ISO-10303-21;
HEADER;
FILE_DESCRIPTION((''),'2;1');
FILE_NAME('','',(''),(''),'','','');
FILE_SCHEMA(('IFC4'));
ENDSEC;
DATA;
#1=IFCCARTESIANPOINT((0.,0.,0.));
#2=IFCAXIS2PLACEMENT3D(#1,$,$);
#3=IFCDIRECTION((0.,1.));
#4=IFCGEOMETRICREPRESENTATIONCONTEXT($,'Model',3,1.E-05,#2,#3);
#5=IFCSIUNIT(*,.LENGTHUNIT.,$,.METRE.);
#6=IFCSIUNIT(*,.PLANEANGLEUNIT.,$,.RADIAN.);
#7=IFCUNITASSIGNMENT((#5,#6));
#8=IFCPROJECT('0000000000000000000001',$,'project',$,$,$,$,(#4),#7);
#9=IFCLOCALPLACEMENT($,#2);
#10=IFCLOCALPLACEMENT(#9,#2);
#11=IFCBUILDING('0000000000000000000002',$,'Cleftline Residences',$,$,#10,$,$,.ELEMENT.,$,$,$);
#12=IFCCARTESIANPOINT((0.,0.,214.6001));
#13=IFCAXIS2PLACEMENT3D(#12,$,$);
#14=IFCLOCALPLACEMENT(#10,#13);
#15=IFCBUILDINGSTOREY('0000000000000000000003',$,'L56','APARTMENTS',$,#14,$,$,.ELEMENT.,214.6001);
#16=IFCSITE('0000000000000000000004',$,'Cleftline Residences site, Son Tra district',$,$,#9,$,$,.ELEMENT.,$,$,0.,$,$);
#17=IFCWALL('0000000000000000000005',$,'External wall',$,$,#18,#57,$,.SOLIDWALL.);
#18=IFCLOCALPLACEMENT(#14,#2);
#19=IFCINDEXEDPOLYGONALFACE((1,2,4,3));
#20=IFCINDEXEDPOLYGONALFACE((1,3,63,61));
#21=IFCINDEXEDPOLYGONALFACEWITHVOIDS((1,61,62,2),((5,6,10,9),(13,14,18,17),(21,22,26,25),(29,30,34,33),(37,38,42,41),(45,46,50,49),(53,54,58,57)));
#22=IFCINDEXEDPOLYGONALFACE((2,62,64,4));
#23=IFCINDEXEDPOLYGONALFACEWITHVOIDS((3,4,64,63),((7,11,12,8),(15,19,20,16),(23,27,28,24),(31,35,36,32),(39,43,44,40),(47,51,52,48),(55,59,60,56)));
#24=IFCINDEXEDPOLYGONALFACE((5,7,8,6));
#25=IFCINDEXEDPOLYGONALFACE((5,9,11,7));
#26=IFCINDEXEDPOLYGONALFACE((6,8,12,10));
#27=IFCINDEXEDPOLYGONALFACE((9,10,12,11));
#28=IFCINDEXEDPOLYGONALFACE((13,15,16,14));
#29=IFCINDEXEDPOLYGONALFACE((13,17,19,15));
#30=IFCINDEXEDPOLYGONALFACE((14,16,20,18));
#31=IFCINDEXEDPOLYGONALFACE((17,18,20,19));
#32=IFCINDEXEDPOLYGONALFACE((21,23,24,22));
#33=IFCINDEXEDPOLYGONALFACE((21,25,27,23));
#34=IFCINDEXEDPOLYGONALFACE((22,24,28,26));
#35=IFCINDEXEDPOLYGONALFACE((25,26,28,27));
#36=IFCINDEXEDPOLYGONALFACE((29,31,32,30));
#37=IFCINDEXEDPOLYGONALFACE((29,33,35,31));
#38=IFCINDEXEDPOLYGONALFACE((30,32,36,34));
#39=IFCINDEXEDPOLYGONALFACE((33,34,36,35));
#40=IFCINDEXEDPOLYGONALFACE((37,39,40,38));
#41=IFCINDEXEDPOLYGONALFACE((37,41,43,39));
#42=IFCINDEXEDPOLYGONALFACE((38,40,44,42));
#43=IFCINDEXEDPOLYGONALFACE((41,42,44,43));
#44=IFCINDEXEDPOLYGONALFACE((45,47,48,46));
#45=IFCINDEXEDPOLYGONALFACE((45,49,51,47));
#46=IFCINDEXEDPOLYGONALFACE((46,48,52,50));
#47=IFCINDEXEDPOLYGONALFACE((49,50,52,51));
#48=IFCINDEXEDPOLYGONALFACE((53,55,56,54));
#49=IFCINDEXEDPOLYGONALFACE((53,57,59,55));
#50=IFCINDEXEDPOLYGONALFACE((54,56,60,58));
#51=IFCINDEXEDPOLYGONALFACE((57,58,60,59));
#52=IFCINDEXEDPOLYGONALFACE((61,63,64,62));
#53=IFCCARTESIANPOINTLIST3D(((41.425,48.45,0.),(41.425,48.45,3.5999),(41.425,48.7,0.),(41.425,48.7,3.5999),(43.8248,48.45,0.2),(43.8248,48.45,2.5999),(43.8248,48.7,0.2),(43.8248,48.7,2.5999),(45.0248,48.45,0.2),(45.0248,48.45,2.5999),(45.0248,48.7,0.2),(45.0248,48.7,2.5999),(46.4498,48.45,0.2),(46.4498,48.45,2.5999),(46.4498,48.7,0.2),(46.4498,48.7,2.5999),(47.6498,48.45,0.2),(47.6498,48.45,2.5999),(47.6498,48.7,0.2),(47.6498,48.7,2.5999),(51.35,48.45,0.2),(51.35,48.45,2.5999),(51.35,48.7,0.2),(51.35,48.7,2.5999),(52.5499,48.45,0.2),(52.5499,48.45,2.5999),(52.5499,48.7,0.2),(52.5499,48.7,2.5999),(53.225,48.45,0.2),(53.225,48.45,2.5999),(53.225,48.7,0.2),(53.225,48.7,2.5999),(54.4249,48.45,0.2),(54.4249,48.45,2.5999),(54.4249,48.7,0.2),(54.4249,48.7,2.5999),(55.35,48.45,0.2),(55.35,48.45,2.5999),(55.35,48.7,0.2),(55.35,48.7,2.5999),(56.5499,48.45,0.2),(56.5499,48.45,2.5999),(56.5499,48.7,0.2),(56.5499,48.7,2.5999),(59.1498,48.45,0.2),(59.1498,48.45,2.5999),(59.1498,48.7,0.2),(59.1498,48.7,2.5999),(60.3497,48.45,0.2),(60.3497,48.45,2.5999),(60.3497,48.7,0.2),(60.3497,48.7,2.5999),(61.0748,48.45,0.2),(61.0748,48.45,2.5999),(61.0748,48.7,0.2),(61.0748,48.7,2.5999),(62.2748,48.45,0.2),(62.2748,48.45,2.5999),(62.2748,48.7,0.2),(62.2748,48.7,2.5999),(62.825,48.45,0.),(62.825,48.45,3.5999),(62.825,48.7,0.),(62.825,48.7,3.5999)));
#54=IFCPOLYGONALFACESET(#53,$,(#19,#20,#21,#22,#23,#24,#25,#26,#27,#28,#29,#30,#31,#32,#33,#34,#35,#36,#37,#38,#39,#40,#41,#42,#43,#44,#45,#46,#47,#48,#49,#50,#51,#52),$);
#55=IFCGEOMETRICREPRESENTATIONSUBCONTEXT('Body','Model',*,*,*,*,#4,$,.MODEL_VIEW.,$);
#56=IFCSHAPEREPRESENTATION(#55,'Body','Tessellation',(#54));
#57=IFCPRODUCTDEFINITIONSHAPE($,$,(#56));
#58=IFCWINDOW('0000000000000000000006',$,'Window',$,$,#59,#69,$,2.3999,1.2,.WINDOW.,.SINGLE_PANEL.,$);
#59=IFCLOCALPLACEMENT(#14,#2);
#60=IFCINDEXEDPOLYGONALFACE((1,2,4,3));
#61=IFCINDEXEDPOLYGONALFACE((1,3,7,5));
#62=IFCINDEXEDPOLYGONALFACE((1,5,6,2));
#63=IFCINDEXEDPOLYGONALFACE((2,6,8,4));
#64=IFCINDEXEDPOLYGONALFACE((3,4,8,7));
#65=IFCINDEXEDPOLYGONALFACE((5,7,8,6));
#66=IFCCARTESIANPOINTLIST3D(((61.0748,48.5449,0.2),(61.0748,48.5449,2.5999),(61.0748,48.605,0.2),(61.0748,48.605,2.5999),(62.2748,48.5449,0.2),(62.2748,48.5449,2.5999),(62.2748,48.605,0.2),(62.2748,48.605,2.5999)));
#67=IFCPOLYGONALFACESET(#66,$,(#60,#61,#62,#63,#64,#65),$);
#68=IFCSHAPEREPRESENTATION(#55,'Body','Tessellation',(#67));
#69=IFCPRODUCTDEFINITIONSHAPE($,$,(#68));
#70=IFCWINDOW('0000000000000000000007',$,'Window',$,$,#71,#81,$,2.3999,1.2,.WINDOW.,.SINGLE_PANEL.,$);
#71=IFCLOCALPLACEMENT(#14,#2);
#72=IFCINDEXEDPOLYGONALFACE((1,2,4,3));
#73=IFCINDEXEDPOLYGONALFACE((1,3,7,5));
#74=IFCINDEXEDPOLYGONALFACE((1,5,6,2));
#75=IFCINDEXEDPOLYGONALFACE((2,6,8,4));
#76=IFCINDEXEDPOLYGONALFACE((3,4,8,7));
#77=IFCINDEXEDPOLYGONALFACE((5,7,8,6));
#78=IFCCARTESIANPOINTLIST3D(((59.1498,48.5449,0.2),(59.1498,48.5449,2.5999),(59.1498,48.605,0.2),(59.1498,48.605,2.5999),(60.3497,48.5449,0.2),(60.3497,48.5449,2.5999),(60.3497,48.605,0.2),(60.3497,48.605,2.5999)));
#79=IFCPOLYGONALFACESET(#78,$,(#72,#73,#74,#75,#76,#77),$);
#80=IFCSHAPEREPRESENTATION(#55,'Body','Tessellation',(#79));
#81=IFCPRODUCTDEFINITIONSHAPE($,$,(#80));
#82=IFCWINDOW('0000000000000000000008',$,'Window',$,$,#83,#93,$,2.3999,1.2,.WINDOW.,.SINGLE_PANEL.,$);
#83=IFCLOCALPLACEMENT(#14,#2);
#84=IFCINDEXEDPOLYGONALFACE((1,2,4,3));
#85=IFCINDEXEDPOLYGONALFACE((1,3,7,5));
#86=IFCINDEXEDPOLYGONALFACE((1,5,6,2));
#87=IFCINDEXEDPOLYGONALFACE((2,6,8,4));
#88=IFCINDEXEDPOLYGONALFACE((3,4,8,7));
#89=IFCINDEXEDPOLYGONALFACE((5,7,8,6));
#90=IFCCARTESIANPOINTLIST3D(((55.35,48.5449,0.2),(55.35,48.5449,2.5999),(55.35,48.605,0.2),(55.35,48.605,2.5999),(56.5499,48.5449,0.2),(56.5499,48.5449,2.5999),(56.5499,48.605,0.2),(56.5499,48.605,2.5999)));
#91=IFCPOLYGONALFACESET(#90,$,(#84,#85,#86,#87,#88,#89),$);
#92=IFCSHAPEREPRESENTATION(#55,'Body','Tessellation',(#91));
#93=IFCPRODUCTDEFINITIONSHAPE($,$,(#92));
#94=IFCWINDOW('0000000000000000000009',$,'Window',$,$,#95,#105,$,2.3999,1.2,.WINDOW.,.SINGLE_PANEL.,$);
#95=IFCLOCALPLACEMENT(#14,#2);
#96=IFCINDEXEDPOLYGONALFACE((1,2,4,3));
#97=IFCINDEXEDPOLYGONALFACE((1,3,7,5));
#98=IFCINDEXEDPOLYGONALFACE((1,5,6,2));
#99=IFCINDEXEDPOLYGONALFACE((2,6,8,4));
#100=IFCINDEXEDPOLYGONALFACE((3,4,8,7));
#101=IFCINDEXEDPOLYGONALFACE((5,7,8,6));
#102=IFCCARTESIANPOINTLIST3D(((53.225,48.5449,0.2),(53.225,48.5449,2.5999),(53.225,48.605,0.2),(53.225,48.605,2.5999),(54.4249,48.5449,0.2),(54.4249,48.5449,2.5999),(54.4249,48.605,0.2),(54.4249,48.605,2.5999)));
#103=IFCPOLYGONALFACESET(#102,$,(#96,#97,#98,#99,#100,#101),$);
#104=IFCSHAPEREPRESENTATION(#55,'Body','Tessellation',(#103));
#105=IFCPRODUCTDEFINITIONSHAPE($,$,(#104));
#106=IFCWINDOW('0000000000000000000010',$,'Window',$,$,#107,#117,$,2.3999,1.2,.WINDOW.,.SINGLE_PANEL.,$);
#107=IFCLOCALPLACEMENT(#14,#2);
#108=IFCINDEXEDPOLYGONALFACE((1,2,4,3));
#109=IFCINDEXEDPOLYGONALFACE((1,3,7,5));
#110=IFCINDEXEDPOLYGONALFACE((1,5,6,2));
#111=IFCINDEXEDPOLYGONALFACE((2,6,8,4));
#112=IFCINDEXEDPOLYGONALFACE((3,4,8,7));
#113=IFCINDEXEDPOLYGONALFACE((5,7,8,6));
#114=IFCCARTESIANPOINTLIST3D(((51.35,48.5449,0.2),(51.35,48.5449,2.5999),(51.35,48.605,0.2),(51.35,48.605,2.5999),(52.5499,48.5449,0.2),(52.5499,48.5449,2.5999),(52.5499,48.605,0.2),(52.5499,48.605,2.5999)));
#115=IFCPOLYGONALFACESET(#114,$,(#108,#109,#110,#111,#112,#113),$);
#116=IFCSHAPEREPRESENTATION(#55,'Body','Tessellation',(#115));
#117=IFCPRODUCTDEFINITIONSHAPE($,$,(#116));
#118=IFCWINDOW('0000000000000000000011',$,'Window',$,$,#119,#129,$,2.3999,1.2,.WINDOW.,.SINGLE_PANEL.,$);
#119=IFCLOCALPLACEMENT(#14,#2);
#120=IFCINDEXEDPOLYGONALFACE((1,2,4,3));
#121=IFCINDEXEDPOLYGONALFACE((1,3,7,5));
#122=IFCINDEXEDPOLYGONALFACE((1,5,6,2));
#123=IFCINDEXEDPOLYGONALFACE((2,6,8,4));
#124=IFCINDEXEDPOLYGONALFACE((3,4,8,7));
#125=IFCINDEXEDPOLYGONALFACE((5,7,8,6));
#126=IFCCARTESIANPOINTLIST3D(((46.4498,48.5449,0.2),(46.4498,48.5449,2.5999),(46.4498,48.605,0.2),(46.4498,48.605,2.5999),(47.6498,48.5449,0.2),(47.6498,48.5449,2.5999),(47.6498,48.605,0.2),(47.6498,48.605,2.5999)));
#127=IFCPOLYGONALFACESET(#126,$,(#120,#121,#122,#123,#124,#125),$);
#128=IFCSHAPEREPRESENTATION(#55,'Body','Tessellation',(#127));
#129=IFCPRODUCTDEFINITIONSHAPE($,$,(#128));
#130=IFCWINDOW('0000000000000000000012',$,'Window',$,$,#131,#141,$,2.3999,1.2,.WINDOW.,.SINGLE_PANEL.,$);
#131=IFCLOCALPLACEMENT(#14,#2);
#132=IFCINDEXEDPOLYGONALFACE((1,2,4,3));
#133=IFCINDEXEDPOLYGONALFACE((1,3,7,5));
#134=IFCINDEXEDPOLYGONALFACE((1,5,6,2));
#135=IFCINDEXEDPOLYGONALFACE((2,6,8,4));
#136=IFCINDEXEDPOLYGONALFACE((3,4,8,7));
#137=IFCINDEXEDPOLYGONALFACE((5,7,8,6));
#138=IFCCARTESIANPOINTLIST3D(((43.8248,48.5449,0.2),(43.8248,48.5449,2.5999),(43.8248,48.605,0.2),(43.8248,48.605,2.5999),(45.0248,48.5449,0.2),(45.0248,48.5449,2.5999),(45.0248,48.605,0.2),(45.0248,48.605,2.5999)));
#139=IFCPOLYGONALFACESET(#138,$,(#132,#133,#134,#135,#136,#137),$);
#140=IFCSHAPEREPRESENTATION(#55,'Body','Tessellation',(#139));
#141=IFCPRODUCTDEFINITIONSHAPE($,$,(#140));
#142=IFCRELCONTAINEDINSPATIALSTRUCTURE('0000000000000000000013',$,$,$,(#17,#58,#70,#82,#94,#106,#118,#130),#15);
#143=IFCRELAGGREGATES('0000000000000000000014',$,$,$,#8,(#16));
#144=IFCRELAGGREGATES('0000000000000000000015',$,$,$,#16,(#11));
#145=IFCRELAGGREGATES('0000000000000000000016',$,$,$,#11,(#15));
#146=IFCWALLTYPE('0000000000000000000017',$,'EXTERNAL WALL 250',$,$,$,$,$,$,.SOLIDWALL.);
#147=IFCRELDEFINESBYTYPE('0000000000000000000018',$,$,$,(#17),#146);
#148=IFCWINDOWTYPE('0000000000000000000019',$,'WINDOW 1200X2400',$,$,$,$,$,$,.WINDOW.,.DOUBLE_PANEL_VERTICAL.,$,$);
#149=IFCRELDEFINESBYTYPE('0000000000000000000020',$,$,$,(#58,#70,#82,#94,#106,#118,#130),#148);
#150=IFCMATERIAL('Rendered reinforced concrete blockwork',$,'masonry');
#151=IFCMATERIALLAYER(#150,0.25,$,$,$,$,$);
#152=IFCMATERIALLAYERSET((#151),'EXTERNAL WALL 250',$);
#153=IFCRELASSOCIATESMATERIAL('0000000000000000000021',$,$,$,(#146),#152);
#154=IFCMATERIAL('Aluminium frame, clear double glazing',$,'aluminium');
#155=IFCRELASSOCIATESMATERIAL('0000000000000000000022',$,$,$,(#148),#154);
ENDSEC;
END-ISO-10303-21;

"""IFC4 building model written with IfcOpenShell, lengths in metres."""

from ifc_helpers import new_model, si_unit, direction, frame, frame_2d, origin, place, context, subcontext, project, spatial, rectangle, extrude, material, layer, layer_set, type_object, element, fill, save


model = new_model("IFC4")

# Units and contexts
model_context = context("Model", 3, precision=1e-05, world=origin(), true_north=direction((0.0, 1.0)))
body_context = subcontext(model_context, "Body", "Model", "MODEL_VIEW")
ifc_project = project(units=[si_unit("LENGTHUNIT", "METRE"), si_unit("PLANEANGLEUNIT", "RADIAN")], contexts=[model_context])

# Site, building, storey
site_placement = place(None, origin())
site = spatial("IfcSite", under=ifc_project, at=site_placement, Name="Cleftline Residences site, Son Tra district", CompositionType="ELEMENT", RefElevation=0.0)
building_placement = place(site_placement, origin())
building = spatial("IfcBuilding", under=site, at=building_placement, Name="Cleftline Residences", CompositionType="ELEMENT")
storey_placement = place(building_placement, frame((0.0, 0.0, 214.6001)))
storey = spatial("IfcBuildingStorey", under=building, at=storey_placement, Name="L56", Description="APARTMENTS", CompositionType="ELEMENT", Elevation=214.6001)

# Shared definitions
ifc_material_1 = material(Name="Rendered reinforced concrete blockwork", Category="masonry")
ifc_layer_1 = layer(ifc_material_1, 0.25)
ifc_layer_set_1 = layer_set([ifc_layer_1], Name="EXTERNAL WALL 250")
wall_type_1 = type_object("IfcWallType", Name="EXTERNAL WALL 250", PredefinedType="SOLIDWALL", material=ifc_layer_set_1)
ifc_material_2 = material(Name="Aluminium frame, clear double glazing", Category="aluminium")
window_type_1 = type_object("IfcWindowType", Name="WINDOW 1200X2400", PartitioningType="DOUBLE_PANEL_VERTICAL", PredefinedType="WINDOW", material=ifc_material_2)

# Wall, openings, windows
wall_1_placement = place(storey_placement, frame((62.825, 48.575, 0.0), z_axis=(0.0, 0.0, 1.0), x_axis=(-1.0, 0.0, 0.0)))
wall_1 = element("IfcWall", 1, at=wall_1_placement, inside=storey, type_object=wall_type_1, Name="External wall", PredefinedType="SOLIDWALL", context=body_context, shape_type="SweptSolid", body=[
    extrude(rectangle(XDim=21.3999, YDim=0.25, at=frame_2d((10.7, 0.0))), origin(), (0.0, 0.0, 1.0), 3.5999),
])
opening_1_placement = place(wall_1_placement, frame((0.55, 0.0, 0.2)))
opening_1 = element("IfcOpeningElement", 2, at=opening_1_placement, cuts=wall_1, PredefinedType="OPENING", context=body_context, shape_type="SweptSolid", body=[
    extrude(rectangle(XDim=1.2, YDim=2.3999, at=frame_2d((0.6001, 1.2))), frame((0.0, 0.135, 0.0), z_axis=(0.0, -1.0, 0.0), x_axis=(1.0, 0.0, 0.0)), (0.0, 0.0, 1.0), 0.27),
])
opening_2_placement = place(wall_1_placement, frame((2.4751, 0.0, 0.2)))
opening_2 = element("IfcOpeningElement", 3, at=opening_2_placement, cuts=wall_1, PredefinedType="OPENING", context=body_context, shape_type="SweptSolid", body=[
    extrude(rectangle(XDim=1.2, YDim=2.3999, at=frame_2d((0.6001, 1.2))), frame((0.0, 0.135, 0.0), z_axis=(0.0, -1.0, 0.0), x_axis=(1.0, 0.0, 0.0)), (0.0, 0.0, 1.0), 0.27),
])
opening_3_placement = place(wall_1_placement, frame((6.2749, 0.0, 0.2)))
opening_3 = element("IfcOpeningElement", 4, at=opening_3_placement, cuts=wall_1, PredefinedType="OPENING", context=body_context, shape_type="SweptSolid", body=[
    extrude(rectangle(XDim=1.2, YDim=2.3999, at=frame_2d((0.6001, 1.2))), frame((0.0, 0.135, 0.0), z_axis=(0.0, -1.0, 0.0), x_axis=(1.0, 0.0, 0.0)), (0.0, 0.0, 1.0), 0.27),
])
opening_4_placement = place(wall_1_placement, frame((8.3999, 0.0, 0.2)))
opening_4 = element("IfcOpeningElement", 5, at=opening_4_placement, cuts=wall_1, PredefinedType="OPENING", context=body_context, shape_type="SweptSolid", body=[
    extrude(rectangle(XDim=1.2, YDim=2.3999, at=frame_2d((0.6001, 1.2))), frame((0.0, 0.135, 0.0), z_axis=(0.0, -1.0, 0.0), x_axis=(1.0, 0.0, 0.0)), (0.0, 0.0, 1.0), 0.27),
])
opening_5_placement = place(wall_1_placement, frame((10.2749, 0.0, 0.2)))
opening_5 = element("IfcOpeningElement", 6, at=opening_5_placement, cuts=wall_1, PredefinedType="OPENING", context=body_context, shape_type="SweptSolid", body=[
    extrude(rectangle(XDim=1.2, YDim=2.3999, at=frame_2d((0.6001, 1.2))), frame((0.0, 0.135, 0.0), z_axis=(0.0, -1.0, 0.0), x_axis=(1.0, 0.0, 0.0)), (0.0, 0.0, 1.0), 0.27),
])
opening_6_placement = place(wall_1_placement, frame((15.175, 0.0, 0.2)))
opening_6 = element("IfcOpeningElement", 7, at=opening_6_placement, cuts=wall_1, PredefinedType="OPENING", context=body_context, shape_type="SweptSolid", body=[
    extrude(rectangle(XDim=1.2, YDim=2.3999, at=frame_2d((0.6001, 1.2))), frame((0.0, 0.135, 0.0), z_axis=(0.0, -1.0, 0.0), x_axis=(1.0, 0.0, 0.0)), (0.0, 0.0, 1.0), 0.27),
])
opening_7_placement = place(wall_1_placement, frame((17.8, 0.0, 0.2)))
opening_7 = element("IfcOpeningElement", 8, at=opening_7_placement, cuts=wall_1, PredefinedType="OPENING", context=body_context, shape_type="SweptSolid", body=[
    extrude(rectangle(XDim=1.2, YDim=2.3999, at=frame_2d((0.6001, 1.2))), frame((0.0, 0.135, 0.0), z_axis=(0.0, -1.0, 0.0), x_axis=(1.0, 0.0, 0.0)), (0.0, 0.0, 1.0), 0.27),
])
window_1_placement = place(opening_1_placement, origin())
window_1 = element("IfcWindow", 9, at=window_1_placement, inside=storey, type_object=window_type_1, Name="Window", OverallHeight=2.3999, OverallWidth=1.2, PartitioningType="SINGLE_PANEL", PredefinedType="WINDOW", context=body_context, shape_type="SweptSolid", body=[
    extrude(rectangle(XDim=1.2, YDim=2.3999, at=frame_2d((0.6001, 1.2))), frame((0.0, 0.03, 0.0), z_axis=(0.0, -1.0, 0.0), x_axis=(1.0, 0.0, 0.0)), (0.0, 0.0, 1.0), 0.0601),
])
fill(opening_1, window_1)
window_2_placement = place(opening_2_placement, origin())
window_2 = element("IfcWindow", 10, at=window_2_placement, inside=storey, type_object=window_type_1, Name="Window", OverallHeight=2.3999, OverallWidth=1.2, PartitioningType="SINGLE_PANEL", PredefinedType="WINDOW", context=body_context, shape_type="SweptSolid", body=[
    extrude(rectangle(XDim=1.2, YDim=2.3999, at=frame_2d((0.6001, 1.2))), frame((0.0, 0.03, 0.0), z_axis=(0.0, -1.0, 0.0), x_axis=(1.0, 0.0, 0.0)), (0.0, 0.0, 1.0), 0.0601),
])
fill(opening_2, window_2)
window_3_placement = place(opening_3_placement, origin())
window_3 = element("IfcWindow", 11, at=window_3_placement, inside=storey, type_object=window_type_1, Name="Window", OverallHeight=2.3999, OverallWidth=1.2, PartitioningType="SINGLE_PANEL", PredefinedType="WINDOW", context=body_context, shape_type="SweptSolid", body=[
    extrude(rectangle(XDim=1.2, YDim=2.3999, at=frame_2d((0.6001, 1.2))), frame((0.0, 0.03, 0.0), z_axis=(0.0, -1.0, 0.0), x_axis=(1.0, 0.0, 0.0)), (0.0, 0.0, 1.0), 0.0601),
])
fill(opening_3, window_3)
window_4_placement = place(opening_4_placement, origin())
window_4 = element("IfcWindow", 12, at=window_4_placement, inside=storey, type_object=window_type_1, Name="Window", OverallHeight=2.3999, OverallWidth=1.2, PartitioningType="SINGLE_PANEL", PredefinedType="WINDOW", context=body_context, shape_type="SweptSolid", body=[
    extrude(rectangle(XDim=1.2, YDim=2.3999, at=frame_2d((0.6001, 1.2))), frame((0.0, 0.03, 0.0), z_axis=(0.0, -1.0, 0.0), x_axis=(1.0, 0.0, 0.0)), (0.0, 0.0, 1.0), 0.0601),
])
fill(opening_4, window_4)
window_5_placement = place(opening_5_placement, origin())
window_5 = element("IfcWindow", 13, at=window_5_placement, inside=storey, type_object=window_type_1, Name="Window", OverallHeight=2.3999, OverallWidth=1.2, PartitioningType="SINGLE_PANEL", PredefinedType="WINDOW", context=body_context, shape_type="SweptSolid", body=[
    extrude(rectangle(XDim=1.2, YDim=2.3999, at=frame_2d((0.6001, 1.2))), frame((0.0, 0.03, 0.0), z_axis=(0.0, -1.0, 0.0), x_axis=(1.0, 0.0, 0.0)), (0.0, 0.0, 1.0), 0.0601),
])
fill(opening_5, window_5)
window_6_placement = place(opening_6_placement, origin())
window_6 = element("IfcWindow", 14, at=window_6_placement, inside=storey, type_object=window_type_1, Name="Window", OverallHeight=2.3999, OverallWidth=1.2, PartitioningType="SINGLE_PANEL", PredefinedType="WINDOW", context=body_context, shape_type="SweptSolid", body=[
    extrude(rectangle(XDim=1.2, YDim=2.3999, at=frame_2d((0.6001, 1.2))), frame((0.0, 0.03, 0.0), z_axis=(0.0, -1.0, 0.0), x_axis=(1.0, 0.0, 0.0)), (0.0, 0.0, 1.0), 0.0601),
])
fill(opening_6, window_6)
window_7_placement = place(opening_7_placement, origin())
window_7 = element("IfcWindow", 15, at=window_7_placement, inside=storey, type_object=window_type_1, Name="Window", OverallHeight=2.3999, OverallWidth=1.2, PartitioningType="SINGLE_PANEL", PredefinedType="WINDOW", context=body_context, shape_type="SweptSolid", body=[
    extrude(rectangle(XDim=1.2, YDim=2.3999, at=frame_2d((0.6001, 1.2))), frame((0.0, 0.03, 0.0), z_axis=(0.0, -1.0, 0.0), x_axis=(1.0, 0.0, 0.0)), (0.0, 0.0, 1.0), 0.0601),
])
fill(opening_7, window_7)

save(model, "model.ifc")
